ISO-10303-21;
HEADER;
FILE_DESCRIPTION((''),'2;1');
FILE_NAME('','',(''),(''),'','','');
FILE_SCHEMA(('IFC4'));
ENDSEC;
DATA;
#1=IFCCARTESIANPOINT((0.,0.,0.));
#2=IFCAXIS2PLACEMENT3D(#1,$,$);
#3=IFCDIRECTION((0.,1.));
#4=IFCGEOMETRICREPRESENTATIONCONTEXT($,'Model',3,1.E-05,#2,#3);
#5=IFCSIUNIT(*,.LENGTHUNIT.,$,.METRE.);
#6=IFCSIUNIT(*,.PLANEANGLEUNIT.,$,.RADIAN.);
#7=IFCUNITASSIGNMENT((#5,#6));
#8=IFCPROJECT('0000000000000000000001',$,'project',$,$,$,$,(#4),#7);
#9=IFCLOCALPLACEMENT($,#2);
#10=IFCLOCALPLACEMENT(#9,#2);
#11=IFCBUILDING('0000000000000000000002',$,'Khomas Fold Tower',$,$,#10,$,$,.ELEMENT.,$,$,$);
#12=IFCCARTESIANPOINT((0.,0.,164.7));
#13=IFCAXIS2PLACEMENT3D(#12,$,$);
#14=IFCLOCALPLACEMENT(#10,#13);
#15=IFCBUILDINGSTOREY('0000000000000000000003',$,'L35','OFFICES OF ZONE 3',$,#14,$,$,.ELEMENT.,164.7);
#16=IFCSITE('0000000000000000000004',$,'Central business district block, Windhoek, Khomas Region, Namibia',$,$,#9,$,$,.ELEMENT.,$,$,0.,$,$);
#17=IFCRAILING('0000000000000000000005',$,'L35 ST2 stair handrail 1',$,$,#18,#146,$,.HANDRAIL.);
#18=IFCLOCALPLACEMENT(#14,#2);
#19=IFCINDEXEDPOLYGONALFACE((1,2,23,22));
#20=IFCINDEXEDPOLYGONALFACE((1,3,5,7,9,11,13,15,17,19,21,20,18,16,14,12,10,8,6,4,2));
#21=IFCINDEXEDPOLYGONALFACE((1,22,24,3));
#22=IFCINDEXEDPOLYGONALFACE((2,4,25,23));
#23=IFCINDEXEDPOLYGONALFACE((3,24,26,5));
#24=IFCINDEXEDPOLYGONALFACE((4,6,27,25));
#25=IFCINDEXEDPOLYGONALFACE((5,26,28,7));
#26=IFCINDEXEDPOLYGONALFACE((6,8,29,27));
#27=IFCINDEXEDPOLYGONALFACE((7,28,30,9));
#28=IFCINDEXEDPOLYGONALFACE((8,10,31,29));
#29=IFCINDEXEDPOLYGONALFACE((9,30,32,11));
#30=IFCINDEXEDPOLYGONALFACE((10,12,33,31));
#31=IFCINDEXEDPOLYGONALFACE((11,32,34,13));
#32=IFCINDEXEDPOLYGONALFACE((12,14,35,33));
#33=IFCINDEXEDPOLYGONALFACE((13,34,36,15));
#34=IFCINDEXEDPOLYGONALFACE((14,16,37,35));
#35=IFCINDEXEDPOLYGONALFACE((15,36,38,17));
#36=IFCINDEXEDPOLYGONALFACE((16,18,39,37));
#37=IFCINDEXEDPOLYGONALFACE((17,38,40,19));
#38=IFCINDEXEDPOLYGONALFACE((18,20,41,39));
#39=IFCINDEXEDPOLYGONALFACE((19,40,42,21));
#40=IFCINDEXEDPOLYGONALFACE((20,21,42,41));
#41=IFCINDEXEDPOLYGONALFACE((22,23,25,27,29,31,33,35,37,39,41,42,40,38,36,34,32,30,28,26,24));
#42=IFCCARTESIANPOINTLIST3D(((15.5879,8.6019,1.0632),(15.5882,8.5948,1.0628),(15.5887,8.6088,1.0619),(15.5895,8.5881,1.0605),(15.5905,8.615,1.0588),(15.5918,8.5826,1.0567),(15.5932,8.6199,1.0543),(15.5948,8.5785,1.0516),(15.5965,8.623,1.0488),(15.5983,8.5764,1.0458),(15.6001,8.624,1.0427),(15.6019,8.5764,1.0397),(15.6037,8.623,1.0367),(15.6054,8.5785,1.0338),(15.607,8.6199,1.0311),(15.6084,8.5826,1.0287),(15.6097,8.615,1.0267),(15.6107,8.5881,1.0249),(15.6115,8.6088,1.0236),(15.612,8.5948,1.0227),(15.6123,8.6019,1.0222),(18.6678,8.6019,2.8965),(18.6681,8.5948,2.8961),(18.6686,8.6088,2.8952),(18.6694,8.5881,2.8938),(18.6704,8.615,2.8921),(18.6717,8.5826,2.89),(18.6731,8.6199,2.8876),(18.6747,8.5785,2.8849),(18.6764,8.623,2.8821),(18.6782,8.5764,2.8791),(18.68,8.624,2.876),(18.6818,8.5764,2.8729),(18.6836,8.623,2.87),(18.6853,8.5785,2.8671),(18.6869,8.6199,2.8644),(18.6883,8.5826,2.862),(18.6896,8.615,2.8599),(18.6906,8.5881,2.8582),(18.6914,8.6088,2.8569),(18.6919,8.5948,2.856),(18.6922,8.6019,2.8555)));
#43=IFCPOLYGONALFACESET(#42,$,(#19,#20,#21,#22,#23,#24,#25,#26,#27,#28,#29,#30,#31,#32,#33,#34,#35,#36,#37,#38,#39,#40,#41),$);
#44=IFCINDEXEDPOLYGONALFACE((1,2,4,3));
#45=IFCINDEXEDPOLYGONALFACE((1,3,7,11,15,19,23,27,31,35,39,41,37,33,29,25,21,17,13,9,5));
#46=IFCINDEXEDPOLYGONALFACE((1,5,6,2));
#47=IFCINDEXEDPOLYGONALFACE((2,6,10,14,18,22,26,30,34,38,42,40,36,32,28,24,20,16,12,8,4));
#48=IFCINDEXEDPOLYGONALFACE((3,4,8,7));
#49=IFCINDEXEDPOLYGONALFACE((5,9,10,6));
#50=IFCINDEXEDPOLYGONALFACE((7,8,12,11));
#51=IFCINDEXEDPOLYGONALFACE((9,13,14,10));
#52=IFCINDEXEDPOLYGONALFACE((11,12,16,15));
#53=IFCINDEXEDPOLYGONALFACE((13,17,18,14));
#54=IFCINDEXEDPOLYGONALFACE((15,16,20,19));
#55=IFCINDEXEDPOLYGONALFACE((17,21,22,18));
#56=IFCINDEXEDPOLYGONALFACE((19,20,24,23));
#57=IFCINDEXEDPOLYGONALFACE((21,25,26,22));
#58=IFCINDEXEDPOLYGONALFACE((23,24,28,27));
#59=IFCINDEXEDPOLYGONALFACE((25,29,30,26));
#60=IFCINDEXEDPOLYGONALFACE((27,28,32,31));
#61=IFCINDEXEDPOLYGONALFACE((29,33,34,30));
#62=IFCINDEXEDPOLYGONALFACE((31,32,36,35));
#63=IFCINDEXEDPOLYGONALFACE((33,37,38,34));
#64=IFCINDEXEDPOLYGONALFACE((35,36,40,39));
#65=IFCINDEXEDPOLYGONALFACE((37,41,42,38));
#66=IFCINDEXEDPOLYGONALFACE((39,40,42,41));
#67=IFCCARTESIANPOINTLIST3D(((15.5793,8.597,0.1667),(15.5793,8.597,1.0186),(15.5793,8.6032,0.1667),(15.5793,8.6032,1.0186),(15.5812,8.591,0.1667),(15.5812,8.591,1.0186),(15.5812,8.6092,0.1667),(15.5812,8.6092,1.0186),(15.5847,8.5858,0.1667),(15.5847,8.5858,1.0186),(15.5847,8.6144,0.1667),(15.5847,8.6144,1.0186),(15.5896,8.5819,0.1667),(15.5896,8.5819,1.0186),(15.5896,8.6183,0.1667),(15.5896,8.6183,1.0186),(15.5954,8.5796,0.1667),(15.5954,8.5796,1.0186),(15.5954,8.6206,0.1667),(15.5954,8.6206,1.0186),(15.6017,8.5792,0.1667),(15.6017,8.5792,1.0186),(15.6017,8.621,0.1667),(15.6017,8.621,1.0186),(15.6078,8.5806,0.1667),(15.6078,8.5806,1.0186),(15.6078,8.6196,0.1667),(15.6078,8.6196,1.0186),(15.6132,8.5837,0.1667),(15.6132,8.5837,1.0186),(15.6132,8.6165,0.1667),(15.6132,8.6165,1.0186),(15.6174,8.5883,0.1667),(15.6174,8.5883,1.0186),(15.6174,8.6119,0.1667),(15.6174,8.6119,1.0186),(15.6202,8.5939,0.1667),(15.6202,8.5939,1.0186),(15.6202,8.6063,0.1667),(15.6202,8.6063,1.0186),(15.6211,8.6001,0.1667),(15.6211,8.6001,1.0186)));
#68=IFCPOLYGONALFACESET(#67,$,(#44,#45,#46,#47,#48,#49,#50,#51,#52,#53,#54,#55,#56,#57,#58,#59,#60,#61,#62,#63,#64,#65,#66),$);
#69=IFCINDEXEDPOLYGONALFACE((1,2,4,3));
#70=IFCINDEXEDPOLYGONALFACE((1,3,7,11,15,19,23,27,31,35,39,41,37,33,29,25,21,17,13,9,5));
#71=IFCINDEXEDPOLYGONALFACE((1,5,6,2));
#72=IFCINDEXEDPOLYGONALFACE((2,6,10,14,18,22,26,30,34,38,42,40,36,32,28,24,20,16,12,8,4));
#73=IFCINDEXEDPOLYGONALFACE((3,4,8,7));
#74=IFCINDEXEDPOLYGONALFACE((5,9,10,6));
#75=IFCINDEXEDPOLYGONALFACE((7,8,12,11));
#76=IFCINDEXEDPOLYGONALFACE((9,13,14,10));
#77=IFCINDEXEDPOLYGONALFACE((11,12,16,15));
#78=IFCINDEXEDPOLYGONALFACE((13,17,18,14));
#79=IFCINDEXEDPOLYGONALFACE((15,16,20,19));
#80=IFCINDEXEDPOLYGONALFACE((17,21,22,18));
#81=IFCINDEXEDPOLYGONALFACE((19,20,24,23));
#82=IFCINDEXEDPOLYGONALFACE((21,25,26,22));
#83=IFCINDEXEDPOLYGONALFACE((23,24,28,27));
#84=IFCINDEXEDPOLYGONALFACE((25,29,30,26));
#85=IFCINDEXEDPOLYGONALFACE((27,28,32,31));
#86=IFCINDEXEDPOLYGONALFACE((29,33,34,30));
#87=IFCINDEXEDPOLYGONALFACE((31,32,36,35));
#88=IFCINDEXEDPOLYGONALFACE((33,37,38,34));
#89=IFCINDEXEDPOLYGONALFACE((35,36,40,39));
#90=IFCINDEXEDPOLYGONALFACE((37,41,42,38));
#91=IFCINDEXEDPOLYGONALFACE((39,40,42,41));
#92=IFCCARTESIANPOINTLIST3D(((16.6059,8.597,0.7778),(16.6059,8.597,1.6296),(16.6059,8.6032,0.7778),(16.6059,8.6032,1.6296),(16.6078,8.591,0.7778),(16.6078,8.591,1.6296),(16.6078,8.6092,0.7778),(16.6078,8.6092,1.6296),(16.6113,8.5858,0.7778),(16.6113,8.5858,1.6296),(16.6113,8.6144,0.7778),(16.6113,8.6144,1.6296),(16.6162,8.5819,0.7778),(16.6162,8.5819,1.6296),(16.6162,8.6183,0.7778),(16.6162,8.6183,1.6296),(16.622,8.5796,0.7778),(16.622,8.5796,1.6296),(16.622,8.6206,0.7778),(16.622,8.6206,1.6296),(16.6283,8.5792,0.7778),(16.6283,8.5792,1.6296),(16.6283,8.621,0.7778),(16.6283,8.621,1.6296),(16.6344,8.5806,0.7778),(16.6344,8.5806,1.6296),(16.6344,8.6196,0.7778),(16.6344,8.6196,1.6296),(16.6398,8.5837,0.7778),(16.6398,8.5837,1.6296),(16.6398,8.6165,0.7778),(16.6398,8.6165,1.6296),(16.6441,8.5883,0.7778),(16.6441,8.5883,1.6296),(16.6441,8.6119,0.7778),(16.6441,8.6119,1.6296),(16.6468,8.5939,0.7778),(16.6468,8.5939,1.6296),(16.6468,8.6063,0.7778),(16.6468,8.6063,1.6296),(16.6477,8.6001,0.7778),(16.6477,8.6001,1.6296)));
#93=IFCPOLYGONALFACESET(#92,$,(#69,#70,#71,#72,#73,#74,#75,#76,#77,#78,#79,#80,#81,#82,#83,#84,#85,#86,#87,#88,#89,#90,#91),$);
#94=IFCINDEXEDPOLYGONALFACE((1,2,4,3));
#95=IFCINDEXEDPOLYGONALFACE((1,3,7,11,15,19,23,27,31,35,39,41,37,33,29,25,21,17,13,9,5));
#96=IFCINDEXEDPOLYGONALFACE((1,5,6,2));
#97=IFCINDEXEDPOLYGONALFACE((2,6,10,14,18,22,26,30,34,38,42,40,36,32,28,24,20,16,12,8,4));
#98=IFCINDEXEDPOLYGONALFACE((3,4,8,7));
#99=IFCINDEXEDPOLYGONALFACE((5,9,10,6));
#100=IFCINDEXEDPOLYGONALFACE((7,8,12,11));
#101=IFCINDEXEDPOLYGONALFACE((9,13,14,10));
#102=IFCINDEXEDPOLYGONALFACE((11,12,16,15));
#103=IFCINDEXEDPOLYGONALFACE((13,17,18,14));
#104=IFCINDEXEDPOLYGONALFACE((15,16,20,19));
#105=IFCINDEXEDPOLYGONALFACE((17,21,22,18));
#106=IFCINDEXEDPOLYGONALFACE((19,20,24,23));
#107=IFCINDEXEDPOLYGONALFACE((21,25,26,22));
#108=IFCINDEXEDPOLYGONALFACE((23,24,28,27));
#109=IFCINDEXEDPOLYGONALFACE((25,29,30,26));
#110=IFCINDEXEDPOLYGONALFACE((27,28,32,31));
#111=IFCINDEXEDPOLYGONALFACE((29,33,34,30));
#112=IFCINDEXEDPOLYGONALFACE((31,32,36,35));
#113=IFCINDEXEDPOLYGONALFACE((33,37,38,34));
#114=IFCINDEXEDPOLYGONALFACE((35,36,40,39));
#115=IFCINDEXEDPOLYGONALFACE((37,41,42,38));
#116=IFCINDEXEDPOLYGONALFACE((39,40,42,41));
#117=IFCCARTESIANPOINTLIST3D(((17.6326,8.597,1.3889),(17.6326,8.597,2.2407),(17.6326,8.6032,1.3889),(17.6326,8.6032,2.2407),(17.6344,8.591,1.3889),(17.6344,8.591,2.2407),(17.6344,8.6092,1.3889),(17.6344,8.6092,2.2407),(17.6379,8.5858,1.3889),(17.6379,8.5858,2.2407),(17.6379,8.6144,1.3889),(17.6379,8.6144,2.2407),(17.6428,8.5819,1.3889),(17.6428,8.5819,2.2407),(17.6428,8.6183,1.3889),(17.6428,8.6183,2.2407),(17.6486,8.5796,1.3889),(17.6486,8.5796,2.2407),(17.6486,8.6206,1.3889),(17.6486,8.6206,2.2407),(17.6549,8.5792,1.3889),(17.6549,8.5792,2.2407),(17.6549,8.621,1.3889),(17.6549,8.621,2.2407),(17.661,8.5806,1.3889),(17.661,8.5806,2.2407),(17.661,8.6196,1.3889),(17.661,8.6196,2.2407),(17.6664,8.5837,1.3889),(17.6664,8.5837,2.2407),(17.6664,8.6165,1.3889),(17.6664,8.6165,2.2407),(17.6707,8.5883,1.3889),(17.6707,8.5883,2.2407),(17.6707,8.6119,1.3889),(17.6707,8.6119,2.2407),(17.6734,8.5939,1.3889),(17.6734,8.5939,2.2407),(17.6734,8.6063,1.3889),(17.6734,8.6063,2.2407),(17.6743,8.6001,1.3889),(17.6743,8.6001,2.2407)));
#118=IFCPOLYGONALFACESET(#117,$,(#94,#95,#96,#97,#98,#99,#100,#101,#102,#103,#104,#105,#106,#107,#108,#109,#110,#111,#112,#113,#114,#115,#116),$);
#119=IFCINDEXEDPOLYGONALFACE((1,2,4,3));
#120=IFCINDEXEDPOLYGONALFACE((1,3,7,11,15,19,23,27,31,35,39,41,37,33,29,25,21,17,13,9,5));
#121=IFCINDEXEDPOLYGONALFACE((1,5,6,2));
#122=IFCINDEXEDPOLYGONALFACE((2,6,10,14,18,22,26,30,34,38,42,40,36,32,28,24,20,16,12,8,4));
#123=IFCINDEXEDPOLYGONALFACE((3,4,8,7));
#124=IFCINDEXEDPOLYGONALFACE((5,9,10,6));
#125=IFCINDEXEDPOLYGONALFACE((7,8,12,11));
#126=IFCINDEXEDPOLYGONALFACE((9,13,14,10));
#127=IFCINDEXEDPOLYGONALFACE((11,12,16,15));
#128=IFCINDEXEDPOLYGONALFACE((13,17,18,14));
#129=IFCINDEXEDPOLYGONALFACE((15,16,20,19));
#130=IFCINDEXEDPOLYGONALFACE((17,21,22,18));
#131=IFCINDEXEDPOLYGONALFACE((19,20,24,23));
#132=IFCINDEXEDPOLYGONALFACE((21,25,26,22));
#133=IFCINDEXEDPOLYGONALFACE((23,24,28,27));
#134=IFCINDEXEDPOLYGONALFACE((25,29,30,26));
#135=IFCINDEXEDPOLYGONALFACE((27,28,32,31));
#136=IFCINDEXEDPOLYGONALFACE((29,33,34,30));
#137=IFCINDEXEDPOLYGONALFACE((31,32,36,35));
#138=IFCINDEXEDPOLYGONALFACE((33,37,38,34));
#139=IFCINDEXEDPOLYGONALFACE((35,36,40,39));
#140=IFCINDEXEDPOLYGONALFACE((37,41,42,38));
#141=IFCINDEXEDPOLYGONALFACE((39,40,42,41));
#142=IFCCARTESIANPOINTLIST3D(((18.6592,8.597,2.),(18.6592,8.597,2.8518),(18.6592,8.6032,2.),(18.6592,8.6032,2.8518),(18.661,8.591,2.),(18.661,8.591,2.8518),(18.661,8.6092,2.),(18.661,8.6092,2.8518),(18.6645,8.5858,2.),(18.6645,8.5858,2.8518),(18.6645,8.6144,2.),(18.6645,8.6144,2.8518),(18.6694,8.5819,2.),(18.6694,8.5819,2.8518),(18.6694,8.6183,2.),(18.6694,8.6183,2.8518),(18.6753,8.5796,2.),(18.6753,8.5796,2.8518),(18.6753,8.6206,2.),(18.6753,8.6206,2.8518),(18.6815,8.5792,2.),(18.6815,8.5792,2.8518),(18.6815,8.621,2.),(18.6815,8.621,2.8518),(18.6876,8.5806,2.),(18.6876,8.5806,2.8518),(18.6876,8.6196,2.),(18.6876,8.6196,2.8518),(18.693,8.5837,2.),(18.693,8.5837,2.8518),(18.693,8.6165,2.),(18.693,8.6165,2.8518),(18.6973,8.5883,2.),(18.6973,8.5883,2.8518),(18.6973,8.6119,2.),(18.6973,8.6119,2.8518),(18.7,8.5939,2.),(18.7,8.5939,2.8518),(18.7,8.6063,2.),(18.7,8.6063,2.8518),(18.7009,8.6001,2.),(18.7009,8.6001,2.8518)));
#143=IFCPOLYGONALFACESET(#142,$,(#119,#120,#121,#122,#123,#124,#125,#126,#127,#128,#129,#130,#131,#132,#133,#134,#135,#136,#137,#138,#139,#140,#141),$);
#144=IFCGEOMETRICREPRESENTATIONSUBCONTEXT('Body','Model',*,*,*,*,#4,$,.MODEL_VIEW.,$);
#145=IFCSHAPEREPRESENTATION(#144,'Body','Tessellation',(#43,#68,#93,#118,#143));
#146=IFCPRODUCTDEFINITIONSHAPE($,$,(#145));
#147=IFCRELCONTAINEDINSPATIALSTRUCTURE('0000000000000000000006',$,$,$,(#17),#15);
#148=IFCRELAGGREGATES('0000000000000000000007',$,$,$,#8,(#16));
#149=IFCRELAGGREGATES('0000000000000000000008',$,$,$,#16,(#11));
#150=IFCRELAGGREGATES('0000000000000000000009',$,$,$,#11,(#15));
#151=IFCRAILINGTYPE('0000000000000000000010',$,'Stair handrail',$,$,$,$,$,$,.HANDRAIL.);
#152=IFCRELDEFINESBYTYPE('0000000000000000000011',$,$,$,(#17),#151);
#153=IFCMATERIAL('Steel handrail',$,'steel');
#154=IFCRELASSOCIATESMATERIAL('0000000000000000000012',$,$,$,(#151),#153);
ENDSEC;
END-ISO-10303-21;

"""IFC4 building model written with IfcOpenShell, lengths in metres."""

from ifc_helpers import new_model, si_unit, direction, frame, origin, origin_2d, place, context, subcontext, project, spatial, circle, extrude, source, transform, mapped, material, type_object, element, save


model = new_model("IFC4")

# Units and contexts
model_context = context("Model", 3, precision=1e-05, world=origin(), true_north=direction((0.0, 1.0)))
body_context = subcontext(model_context, "Body", "Model", "MODEL_VIEW")
ifc_project = project(units=[si_unit("LENGTHUNIT", "METRE"), si_unit("PLANEANGLEUNIT", "RADIAN")], contexts=[model_context])

# Site, building, storey
site_placement = place(None, origin())
site = spatial("IfcSite", under=ifc_project, at=site_placement, Name="Central business district block, Windhoek, Khomas Region, Namibia", CompositionType="ELEMENT", RefElevation=0.0)
building_placement = place(site_placement, origin())
building = spatial("IfcBuilding", under=site, at=building_placement, Name="Khomas Fold Tower", CompositionType="ELEMENT")
storey_placement = place(building_placement, frame((0.0, 0.0, 164.7)))
storey = spatial("IfcBuildingStorey", under=building, at=storey_placement, Name="L35", Description="OFFICES OF ZONE 3", CompositionType="ELEMENT", Elevation=164.7)

# Railing
ifc_material_1 = material(Name="Steel handrail", Category="steel")
railing_type_1 = type_object("IfcRailingType", Name="Stair handrail", PredefinedType="HANDRAIL", material=ifc_material_1)
shared_shape_1 = source(origin(), body_context, "Body", "SweptSolid", [
    extrude(circle(Radius=0.0239, at=origin_2d()), frame((0.0, 0.0, 0.876), z_axis=(0.859291, 0.0, 0.511487), x_axis=(0.0, 1.0, 0.0)), (0.0, 0.0, 1.0), 3.5842),
    extrude(circle(Radius=0.021, at=origin_2d()), origin(), (0.0, 0.0, 1.0), 0.8518),
    extrude(circle(Radius=0.021, at=origin_2d()), frame((1.0266, 0.0, 0.6111)), (0.0, 0.0, 1.0), 0.8518),
    extrude(circle(Radius=0.021, at=origin_2d()), frame((2.0532, 0.0, 1.2222)), (0.0, 0.0, 1.0), 0.8518),
    extrude(circle(Radius=0.021, at=origin_2d()), frame((3.0798, 0.0, 1.8333)), (0.0, 0.0, 1.0), 0.8518),
])
railing_1_placement = place(storey_placement, frame((15.6001, 8.6001, 0.1667)))
element("IfcRailing", 1, at=railing_1_placement, inside=storey, type_object=railing_type_1, Name="L35 ST2 stair handrail 1", PredefinedType="HANDRAIL", context=body_context, shape_type="MappedRepresentation", body=[
    mapped(shared_shape_1, transform((0.0, 0.0, 0.0))),
])

save(model, "model.ifc")
